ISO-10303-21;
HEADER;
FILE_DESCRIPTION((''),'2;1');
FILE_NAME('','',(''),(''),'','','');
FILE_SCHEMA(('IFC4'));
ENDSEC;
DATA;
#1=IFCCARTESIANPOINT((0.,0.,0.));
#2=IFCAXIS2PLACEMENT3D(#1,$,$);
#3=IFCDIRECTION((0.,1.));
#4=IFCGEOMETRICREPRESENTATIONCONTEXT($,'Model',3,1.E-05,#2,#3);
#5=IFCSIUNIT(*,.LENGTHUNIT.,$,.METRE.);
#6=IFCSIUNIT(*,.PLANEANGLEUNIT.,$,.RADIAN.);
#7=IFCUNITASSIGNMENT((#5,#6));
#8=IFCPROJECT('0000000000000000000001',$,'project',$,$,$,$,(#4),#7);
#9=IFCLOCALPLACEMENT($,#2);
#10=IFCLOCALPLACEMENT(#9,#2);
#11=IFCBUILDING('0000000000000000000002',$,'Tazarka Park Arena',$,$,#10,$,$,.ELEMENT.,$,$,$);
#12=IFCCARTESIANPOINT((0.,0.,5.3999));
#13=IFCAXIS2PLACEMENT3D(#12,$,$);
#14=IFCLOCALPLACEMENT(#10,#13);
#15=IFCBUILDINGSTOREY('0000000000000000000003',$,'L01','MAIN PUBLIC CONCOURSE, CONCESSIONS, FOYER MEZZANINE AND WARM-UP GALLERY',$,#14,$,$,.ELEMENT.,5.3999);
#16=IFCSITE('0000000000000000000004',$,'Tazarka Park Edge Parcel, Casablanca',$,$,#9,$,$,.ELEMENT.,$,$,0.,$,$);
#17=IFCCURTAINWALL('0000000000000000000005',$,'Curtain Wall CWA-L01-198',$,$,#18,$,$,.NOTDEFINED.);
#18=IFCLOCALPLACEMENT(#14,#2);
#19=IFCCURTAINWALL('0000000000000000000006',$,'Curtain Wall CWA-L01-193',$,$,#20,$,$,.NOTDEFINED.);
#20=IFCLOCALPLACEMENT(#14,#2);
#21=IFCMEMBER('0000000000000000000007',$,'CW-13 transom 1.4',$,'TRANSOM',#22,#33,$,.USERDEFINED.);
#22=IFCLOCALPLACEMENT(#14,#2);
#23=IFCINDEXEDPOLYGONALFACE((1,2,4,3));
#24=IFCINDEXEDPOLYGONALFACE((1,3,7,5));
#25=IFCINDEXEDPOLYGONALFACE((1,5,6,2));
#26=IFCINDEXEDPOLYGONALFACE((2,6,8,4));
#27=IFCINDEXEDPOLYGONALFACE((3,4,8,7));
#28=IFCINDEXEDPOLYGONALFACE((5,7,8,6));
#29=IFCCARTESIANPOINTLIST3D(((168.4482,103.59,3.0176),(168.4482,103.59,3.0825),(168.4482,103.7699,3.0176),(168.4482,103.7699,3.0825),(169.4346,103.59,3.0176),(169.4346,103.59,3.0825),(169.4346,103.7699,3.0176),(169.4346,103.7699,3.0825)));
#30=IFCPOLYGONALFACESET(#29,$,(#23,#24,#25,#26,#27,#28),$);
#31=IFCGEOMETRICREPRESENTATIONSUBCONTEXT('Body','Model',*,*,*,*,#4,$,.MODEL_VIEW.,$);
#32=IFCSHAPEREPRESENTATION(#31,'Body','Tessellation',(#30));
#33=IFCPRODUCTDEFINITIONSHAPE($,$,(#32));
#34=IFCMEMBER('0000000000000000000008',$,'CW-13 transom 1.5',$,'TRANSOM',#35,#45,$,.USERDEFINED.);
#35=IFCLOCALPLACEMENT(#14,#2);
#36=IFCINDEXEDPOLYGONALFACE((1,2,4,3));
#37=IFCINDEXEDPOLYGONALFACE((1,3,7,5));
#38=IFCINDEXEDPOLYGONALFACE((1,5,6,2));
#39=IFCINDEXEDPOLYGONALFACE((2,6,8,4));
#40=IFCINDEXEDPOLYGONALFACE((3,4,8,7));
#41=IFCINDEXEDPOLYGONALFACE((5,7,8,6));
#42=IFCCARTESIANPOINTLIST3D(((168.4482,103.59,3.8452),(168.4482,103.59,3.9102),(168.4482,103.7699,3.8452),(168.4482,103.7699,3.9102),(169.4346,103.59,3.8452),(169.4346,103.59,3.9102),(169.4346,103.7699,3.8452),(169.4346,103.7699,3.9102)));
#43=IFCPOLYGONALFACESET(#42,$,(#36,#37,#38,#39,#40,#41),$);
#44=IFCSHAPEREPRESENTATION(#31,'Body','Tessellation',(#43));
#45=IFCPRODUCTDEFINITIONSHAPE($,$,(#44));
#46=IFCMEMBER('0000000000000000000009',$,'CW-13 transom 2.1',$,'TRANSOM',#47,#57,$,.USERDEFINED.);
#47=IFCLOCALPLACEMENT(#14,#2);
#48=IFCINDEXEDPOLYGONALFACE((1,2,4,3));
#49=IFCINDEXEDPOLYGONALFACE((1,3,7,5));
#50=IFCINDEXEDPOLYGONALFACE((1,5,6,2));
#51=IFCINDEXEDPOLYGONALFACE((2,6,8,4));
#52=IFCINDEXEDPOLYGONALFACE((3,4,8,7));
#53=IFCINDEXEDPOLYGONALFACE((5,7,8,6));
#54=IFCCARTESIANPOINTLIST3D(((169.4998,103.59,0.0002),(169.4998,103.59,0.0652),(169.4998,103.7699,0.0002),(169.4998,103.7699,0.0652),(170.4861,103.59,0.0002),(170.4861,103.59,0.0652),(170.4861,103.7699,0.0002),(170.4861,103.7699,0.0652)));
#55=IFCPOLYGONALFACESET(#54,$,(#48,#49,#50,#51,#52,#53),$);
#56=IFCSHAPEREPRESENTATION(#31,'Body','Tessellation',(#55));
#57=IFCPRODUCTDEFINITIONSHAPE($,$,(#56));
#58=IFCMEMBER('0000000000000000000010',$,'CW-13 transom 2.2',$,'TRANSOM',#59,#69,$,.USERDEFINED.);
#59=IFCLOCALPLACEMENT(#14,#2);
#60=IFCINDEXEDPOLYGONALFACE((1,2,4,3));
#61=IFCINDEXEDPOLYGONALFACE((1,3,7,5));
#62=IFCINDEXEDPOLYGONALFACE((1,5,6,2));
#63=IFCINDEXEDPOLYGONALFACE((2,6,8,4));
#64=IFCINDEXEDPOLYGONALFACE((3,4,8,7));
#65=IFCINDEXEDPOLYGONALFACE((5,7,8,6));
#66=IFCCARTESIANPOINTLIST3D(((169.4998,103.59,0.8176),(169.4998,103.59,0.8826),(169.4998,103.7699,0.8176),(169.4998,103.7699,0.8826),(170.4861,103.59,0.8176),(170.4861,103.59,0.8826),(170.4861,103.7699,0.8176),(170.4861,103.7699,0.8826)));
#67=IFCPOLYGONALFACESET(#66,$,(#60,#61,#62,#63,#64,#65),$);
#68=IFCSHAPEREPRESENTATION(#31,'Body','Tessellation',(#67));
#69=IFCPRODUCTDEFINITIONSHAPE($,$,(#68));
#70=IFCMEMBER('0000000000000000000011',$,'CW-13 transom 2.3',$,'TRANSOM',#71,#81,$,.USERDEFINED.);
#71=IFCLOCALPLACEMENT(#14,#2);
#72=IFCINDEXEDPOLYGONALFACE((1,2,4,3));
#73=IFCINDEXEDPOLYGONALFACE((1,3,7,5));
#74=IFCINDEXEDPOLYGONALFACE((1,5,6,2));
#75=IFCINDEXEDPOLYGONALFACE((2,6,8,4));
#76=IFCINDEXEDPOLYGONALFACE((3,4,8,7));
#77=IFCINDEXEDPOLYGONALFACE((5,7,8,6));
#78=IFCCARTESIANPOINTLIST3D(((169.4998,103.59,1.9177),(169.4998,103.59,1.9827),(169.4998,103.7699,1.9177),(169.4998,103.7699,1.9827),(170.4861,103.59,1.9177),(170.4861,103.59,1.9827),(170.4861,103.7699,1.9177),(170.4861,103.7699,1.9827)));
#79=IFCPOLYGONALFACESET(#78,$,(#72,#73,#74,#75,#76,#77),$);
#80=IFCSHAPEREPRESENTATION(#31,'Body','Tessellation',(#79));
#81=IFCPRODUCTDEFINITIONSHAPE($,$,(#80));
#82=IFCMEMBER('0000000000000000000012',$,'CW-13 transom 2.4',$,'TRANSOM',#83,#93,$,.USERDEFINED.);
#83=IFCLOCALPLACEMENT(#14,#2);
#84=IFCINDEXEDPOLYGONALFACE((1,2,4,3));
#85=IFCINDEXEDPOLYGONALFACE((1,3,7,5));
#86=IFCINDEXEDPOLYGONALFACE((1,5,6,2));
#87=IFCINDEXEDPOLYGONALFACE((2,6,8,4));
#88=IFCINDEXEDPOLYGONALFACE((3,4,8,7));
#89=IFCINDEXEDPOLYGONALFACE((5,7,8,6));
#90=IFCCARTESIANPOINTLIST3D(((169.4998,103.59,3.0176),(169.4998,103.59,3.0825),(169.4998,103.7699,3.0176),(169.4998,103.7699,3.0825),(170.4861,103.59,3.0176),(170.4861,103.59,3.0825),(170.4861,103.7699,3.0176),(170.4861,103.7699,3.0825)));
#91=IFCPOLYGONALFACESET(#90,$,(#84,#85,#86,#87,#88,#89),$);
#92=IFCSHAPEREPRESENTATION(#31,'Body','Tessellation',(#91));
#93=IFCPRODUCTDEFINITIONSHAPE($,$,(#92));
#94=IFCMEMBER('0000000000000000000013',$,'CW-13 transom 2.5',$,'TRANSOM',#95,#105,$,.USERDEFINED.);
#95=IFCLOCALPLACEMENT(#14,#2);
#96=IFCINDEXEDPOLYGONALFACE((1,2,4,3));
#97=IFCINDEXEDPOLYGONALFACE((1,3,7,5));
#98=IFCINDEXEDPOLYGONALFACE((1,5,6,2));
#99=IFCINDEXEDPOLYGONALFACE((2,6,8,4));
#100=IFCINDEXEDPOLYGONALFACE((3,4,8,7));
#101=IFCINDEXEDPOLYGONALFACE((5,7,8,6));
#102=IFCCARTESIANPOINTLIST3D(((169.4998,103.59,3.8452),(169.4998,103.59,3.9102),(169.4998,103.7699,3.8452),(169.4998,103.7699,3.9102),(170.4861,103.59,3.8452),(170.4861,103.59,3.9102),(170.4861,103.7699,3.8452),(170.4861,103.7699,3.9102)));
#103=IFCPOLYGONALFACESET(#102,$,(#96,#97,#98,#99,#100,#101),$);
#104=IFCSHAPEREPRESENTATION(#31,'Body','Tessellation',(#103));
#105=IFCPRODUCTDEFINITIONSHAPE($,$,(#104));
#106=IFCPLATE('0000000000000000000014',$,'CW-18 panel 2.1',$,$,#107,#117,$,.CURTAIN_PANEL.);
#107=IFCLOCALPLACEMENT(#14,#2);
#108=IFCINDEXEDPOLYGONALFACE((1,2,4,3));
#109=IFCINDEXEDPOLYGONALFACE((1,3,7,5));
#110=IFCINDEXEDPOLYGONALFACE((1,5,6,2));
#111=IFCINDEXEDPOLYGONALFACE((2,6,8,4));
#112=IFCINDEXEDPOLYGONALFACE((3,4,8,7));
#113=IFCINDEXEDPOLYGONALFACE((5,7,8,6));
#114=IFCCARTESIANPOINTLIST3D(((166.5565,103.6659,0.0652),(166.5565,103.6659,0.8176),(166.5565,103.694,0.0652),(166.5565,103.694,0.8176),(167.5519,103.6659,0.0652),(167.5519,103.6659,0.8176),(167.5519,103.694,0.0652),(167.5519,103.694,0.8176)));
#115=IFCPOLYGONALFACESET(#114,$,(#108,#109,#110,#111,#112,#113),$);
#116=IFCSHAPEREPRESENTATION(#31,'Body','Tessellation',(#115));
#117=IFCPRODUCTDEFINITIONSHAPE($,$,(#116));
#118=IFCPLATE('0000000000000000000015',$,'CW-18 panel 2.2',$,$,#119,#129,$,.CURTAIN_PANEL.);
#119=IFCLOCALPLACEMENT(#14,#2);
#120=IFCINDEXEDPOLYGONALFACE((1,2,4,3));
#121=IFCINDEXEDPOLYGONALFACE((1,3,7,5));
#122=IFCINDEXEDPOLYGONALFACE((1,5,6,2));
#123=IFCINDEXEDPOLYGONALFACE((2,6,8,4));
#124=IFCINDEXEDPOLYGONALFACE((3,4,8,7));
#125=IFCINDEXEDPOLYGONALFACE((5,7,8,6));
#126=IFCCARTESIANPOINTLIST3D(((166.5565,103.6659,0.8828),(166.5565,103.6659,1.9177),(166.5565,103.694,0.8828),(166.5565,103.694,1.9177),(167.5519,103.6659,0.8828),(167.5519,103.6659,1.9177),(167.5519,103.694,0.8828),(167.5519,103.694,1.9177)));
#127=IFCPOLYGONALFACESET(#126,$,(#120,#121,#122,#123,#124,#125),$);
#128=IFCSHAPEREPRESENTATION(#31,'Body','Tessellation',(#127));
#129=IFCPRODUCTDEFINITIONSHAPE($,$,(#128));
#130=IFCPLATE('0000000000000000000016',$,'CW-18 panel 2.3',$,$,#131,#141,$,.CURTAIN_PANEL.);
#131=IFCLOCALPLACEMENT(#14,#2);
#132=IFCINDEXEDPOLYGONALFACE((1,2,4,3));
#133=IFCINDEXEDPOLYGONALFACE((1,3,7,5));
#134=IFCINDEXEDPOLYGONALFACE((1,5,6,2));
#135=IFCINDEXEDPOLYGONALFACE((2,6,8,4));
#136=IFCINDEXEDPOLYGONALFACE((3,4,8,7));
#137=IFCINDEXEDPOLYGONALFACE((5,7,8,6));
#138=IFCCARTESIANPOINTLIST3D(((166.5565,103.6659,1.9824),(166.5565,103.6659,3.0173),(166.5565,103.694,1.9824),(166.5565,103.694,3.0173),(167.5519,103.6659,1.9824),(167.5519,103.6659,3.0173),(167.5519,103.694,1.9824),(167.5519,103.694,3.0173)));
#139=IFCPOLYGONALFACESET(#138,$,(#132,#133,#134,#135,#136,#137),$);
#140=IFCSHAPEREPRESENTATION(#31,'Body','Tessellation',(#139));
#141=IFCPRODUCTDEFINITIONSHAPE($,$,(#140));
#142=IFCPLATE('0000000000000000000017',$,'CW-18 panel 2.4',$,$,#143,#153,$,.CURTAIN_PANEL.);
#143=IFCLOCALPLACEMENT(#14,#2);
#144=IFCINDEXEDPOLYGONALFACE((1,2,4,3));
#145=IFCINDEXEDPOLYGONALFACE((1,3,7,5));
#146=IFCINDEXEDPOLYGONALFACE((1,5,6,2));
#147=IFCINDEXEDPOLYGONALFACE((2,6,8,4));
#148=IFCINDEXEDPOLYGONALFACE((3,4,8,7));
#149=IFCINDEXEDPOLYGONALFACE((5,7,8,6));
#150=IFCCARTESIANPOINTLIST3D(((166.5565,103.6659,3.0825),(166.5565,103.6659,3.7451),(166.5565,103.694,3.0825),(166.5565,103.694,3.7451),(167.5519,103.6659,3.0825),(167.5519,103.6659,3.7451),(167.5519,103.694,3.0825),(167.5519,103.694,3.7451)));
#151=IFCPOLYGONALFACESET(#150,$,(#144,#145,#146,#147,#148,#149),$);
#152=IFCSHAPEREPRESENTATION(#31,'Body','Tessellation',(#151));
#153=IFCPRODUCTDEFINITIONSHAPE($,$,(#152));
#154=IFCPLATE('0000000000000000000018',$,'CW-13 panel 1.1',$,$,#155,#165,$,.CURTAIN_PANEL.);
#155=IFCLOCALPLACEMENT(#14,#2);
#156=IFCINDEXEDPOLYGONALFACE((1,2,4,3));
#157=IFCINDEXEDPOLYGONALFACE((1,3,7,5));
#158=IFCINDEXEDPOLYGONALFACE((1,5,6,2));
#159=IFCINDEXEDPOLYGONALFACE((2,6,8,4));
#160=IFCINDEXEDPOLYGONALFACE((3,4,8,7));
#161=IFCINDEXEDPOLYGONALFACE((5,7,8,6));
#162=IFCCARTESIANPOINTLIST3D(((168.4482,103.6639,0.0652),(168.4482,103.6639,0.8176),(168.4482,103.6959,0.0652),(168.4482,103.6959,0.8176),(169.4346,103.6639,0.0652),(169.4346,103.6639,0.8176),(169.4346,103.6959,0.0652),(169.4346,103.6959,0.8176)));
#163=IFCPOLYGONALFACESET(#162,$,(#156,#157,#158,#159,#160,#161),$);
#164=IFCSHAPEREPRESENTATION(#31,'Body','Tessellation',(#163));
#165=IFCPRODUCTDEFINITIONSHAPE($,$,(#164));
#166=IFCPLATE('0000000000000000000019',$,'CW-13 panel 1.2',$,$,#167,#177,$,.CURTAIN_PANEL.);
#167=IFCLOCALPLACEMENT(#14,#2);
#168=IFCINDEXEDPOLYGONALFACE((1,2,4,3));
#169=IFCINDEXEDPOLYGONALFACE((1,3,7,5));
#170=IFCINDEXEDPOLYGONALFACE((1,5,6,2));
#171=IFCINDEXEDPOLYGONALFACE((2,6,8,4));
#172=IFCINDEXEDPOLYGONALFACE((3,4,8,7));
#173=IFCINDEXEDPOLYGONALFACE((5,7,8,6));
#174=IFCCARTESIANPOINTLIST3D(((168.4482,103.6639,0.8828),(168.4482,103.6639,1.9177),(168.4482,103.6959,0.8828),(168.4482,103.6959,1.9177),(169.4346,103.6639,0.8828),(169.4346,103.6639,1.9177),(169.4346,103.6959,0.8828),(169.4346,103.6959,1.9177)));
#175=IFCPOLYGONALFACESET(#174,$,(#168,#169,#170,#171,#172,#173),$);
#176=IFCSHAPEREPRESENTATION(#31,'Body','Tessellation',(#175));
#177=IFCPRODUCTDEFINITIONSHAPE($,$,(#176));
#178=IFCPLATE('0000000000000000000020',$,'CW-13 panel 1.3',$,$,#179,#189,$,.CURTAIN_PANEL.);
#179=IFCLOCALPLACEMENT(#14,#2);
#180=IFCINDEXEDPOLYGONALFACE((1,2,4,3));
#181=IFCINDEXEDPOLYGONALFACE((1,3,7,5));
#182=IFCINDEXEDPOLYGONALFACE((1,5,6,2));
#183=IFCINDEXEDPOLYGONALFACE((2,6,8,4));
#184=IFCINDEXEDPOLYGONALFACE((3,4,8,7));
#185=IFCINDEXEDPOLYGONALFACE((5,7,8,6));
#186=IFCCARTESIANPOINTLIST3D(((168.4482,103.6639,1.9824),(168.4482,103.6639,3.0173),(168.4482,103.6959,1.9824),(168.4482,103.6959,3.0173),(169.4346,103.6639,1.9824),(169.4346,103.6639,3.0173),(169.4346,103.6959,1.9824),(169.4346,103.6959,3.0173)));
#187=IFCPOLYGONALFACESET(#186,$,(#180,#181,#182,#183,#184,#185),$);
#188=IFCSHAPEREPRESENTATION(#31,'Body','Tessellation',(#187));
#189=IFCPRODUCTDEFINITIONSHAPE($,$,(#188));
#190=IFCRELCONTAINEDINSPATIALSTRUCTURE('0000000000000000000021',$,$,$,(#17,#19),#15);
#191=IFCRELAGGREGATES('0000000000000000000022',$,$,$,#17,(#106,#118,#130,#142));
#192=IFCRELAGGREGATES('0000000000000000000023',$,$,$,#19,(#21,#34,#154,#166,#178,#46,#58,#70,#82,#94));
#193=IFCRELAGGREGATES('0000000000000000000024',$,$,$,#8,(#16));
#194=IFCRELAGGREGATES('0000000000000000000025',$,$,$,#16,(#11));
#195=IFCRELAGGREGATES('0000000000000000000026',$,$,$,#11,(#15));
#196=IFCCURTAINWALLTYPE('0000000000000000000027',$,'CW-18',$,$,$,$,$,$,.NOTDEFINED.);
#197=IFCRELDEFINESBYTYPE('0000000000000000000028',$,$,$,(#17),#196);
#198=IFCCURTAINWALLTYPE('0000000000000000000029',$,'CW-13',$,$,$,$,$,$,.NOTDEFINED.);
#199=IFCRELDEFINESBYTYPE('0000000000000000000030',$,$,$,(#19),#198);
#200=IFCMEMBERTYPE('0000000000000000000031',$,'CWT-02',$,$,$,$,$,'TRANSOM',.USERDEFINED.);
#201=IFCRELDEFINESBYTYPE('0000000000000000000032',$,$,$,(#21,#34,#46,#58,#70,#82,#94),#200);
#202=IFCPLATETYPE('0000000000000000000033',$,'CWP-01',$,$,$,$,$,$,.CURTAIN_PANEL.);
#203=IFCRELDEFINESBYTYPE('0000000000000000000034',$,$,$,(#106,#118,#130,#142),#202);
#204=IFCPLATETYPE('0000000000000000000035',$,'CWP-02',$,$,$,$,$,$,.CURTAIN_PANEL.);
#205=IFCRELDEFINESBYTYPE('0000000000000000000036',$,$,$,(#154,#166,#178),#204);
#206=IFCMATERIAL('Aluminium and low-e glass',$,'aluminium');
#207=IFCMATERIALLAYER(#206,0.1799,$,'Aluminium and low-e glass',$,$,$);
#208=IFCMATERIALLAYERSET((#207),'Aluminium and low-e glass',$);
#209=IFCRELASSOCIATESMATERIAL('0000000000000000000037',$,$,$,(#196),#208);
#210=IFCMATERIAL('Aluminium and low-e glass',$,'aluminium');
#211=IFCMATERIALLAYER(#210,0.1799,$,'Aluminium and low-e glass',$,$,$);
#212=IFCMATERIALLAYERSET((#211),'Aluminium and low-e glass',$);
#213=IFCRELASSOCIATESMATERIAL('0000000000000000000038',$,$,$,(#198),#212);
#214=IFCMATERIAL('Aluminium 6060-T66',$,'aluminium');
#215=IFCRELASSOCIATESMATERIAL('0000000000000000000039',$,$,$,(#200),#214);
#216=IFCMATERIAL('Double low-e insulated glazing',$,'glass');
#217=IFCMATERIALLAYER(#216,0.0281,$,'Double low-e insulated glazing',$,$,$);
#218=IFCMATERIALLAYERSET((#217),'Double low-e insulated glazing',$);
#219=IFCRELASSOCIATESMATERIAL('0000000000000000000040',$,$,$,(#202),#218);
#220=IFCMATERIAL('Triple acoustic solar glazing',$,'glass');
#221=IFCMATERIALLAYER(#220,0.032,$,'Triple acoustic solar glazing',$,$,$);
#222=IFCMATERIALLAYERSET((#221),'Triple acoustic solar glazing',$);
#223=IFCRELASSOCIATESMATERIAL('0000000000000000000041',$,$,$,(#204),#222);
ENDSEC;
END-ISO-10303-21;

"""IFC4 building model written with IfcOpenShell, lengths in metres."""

from ifc_helpers import new_model, si_unit, direction, frame, origin, origin_2d, place, context, subcontext, project, spatial, rectangle, extrude, material, layer, layer_set, material_profile, profile_set, type_object, element, aggregate, save


model = new_model("IFC4")

# Units and contexts
model_context = context("Model", 3, precision=1e-05, world=origin(), true_north=direction((0.0, 1.0)))
body_context = subcontext(model_context, "Body", "Model", "MODEL_VIEW")
ifc_project = project(units=[si_unit("LENGTHUNIT", "METRE"), si_unit("PLANEANGLEUNIT", "RADIAN")], contexts=[model_context])

# Site, building, storey
site_placement = place(None, origin())
site = spatial("IfcSite", under=ifc_project, at=site_placement, Name="Tazarka Park Edge Parcel, Casablanca", CompositionType="ELEMENT", RefElevation=0.0)
building_placement = place(site_placement, origin())
building = spatial("IfcBuilding", under=site, at=building_placement, Name="Tazarka Park Arena", CompositionType="ELEMENT")
storey_placement = place(building_placement, frame((0.0, 0.0, 5.3999)))
storey = spatial("IfcBuildingStorey", under=building, at=storey_placement, Name="L01", Description="MAIN PUBLIC CONCOURSE, CONCESSIONS, FOYER MEZZANINE AND WARM-UP GALLERY", CompositionType="ELEMENT", Elevation=5.3999)

# Curtain wall
ifc_material_1 = material(Name="Aluminium and low-e glass", Category="aluminium")
ifc_layer_1 = layer(ifc_material_1, 0.1799, Name="Aluminium and low-e glass")
ifc_layer_set_1 = layer_set([ifc_layer_1], Name="Aluminium and low-e glass")
curtain_wall_type_1 = type_object("IfcCurtainWallType", Name="CW-18", PredefinedType="NOTDEFINED", material=ifc_layer_set_1)
curtain_wall_1_placement = place(storey_placement, origin())
curtain_wall_1 = element("IfcCurtainWall", 1, at=curtain_wall_1_placement, inside=storey, type_object=curtain_wall_type_1, Name="Curtain Wall CWA-L01-198", PredefinedType="NOTDEFINED")

# Curtain wall, members
ifc_material_2 = material(Name="Aluminium and low-e glass", Category="aluminium")
ifc_layer_2 = layer(ifc_material_2, 0.1799, Name="Aluminium and low-e glass")
ifc_layer_set_2 = layer_set([ifc_layer_2], Name="Aluminium and low-e glass")
curtain_wall_type_2 = type_object("IfcCurtainWallType", Name="CW-13", PredefinedType="NOTDEFINED", material=ifc_layer_set_2)
curtain_wall_2_placement = place(storey_placement, origin())
curtain_wall_2 = element("IfcCurtainWall", 2, at=curtain_wall_2_placement, inside=storey, type_object=curtain_wall_type_2, Name="Curtain Wall CWA-L01-193", PredefinedType="NOTDEFINED")
ifc_material_3 = material(Name="Aluminium 6060-T66", Category="aluminium")
ifc_material_profile_1 = material_profile(ifc_material_3, rectangle(XDim=0.1799, YDim=0.0649, at=origin_2d()), Name="Aluminium 6060-T66")
ifc_profile_set_1 = profile_set([ifc_material_profile_1], Name="Aluminium 6060-T66")
member_type_1 = type_object("IfcMemberType", Name="CWT-02", ElementType="TRANSOM", PredefinedType="USERDEFINED", material=ifc_profile_set_1)
member_1_placement = place(storey_placement, frame((168.4482, 103.6799, 3.05), z_axis=(1.0, 0.0, 0.0), x_axis=(0.0, 1.0, 0.0)))
member_1 = element("IfcMember", 3, at=member_1_placement, type_object=member_type_1, Name="CW-13 transom 1.4", ObjectType="TRANSOM", PredefinedType="USERDEFINED", context=body_context, shape_type="SweptSolid", body=[
    extrude(rectangle(XDim=0.1799, YDim=0.0649, at=origin_2d()), origin(), (0.0, 0.0, 1.0), 0.9863),
])
member_2_placement = place(storey_placement, frame((168.4482, 103.6799, 3.8777), z_axis=(1.0, 0.0, 0.0), x_axis=(0.0, 1.0, 0.0)))
member_2 = element("IfcMember", 4, at=member_2_placement, type_object=member_type_1, Name="CW-13 transom 1.5", ObjectType="TRANSOM", PredefinedType="USERDEFINED", context=body_context, shape_type="SweptSolid", body=[
    extrude(rectangle(XDim=0.1799, YDim=0.0649, at=origin_2d()), origin(), (0.0, 0.0, 1.0), 0.9863),
])
member_3_placement = place(storey_placement, frame((169.4998, 103.6799, 0.0327), z_axis=(1.0, 0.0, 0.0), x_axis=(0.0, 1.0, 0.0)))
member_3 = element("IfcMember", 5, at=member_3_placement, type_object=member_type_1, Name="CW-13 transom 2.1", ObjectType="TRANSOM", PredefinedType="USERDEFINED", context=body_context, shape_type="SweptSolid", body=[
    extrude(rectangle(XDim=0.1799, YDim=0.0649, at=origin_2d()), origin(), (0.0, 0.0, 1.0), 0.9863),
])
member_4_placement = place(storey_placement, frame((169.4998, 103.6799, 0.8501), z_axis=(1.0, 0.0, 0.0), x_axis=(0.0, 1.0, 0.0)))
member_4 = element("IfcMember", 6, at=member_4_placement, type_object=member_type_1, Name="CW-13 transom 2.2", ObjectType="TRANSOM", PredefinedType="USERDEFINED", context=body_context, shape_type="SweptSolid", body=[
    extrude(rectangle(XDim=0.1799, YDim=0.0649, at=origin_2d()), origin(), (0.0, 0.0, 1.0), 0.9863),
])
member_5_placement = place(storey_placement, frame((169.4998, 103.6799, 1.9502), z_axis=(1.0, 0.0, 0.0), x_axis=(0.0, 1.0, 0.0)))
member_5 = element("IfcMember", 7, at=member_5_placement, type_object=member_type_1, Name="CW-13 transom 2.3", ObjectType="TRANSOM", PredefinedType="USERDEFINED", context=body_context, shape_type="SweptSolid", body=[
    extrude(rectangle(XDim=0.1799, YDim=0.0649, at=origin_2d()), origin(), (0.0, 0.0, 1.0), 0.9863),
])
member_6_placement = place(storey_placement, frame((169.4998, 103.6799, 3.05), z_axis=(1.0, 0.0, 0.0), x_axis=(0.0, 1.0, 0.0)))
member_6 = element("IfcMember", 8, at=member_6_placement, type_object=member_type_1, Name="CW-13 transom 2.4", ObjectType="TRANSOM", PredefinedType="USERDEFINED", context=body_context, shape_type="SweptSolid", body=[
    extrude(rectangle(XDim=0.1799, YDim=0.0649, at=origin_2d()), origin(), (0.0, 0.0, 1.0), 0.9863),
])
member_7_placement = place(storey_placement, frame((169.4998, 103.6799, 3.8777), z_axis=(1.0, 0.0, 0.0), x_axis=(0.0, 1.0, 0.0)))
member_7 = element("IfcMember", 9, at=member_7_placement, type_object=member_type_1, Name="CW-13 transom 2.5", ObjectType="TRANSOM", PredefinedType="USERDEFINED", context=body_context, shape_type="SweptSolid", body=[
    extrude(rectangle(XDim=0.1799, YDim=0.0649, at=origin_2d()), origin(), (0.0, 0.0, 1.0), 0.9863),
])

# Plates
ifc_material_4 = material(Name="Double low-e insulated glazing", Category="glass")
ifc_layer_3 = layer(ifc_material_4, 0.0281, Name="Double low-e insulated glazing")
ifc_layer_set_3 = layer_set([ifc_layer_3], Name="Double low-e insulated glazing")
plate_type_1 = type_object("IfcPlateType", Name="CWP-01", PredefinedType="CURTAIN_PANEL", material=ifc_layer_set_3)
plate_1_placement = place(storey_placement, frame((167.0542, 103.6799, 0.0652), z_axis=(0.0, 0.0, 1.0), x_axis=(1.0, 0.0, 0.0)))
plate_1 = element("IfcPlate", 10, at=plate_1_placement, type_object=plate_type_1, Name="CW-18 panel 2.1", PredefinedType="CURTAIN_PANEL", context=body_context, shape_type="SweptSolid", body=[
    extrude(rectangle(XDim=0.9954, YDim=0.0281, at=origin_2d()), origin(), (0.0, 0.0, 1.0), 0.7524),
])
plate_2_placement = place(storey_placement, frame((167.0542, 103.6799, 0.8828), z_axis=(0.0, 0.0, 1.0), x_axis=(1.0, 0.0, 0.0)))
plate_2 = element("IfcPlate", 11, at=plate_2_placement, type_object=plate_type_1, Name="CW-18 panel 2.2", PredefinedType="CURTAIN_PANEL", context=body_context, shape_type="SweptSolid", body=[
    extrude(rectangle(XDim=0.9954, YDim=0.0281, at=origin_2d()), origin(), (0.0, 0.0, 1.0), 1.0349),
])
plate_3_placement = place(storey_placement, frame((167.0542, 103.6799, 1.9824), z_axis=(0.0, 0.0, 1.0), x_axis=(1.0, 0.0, 0.0)))
plate_3 = element("IfcPlate", 12, at=plate_3_placement, type_object=plate_type_1, Name="CW-18 panel 2.3", PredefinedType="CURTAIN_PANEL", context=body_context, shape_type="SweptSolid", body=[
    extrude(rectangle(XDim=0.9954, YDim=0.0281, at=origin_2d()), origin(), (0.0, 0.0, 1.0), 1.0349),
])
plate_4_placement = place(storey_placement, frame((167.0542, 103.6799, 3.0825), z_axis=(0.0, 0.0, 1.0), x_axis=(1.0, 0.0, 0.0)))
plate_4 = element("IfcPlate", 13, at=plate_4_placement, type_object=plate_type_1, Name="CW-18 panel 2.4", PredefinedType="CURTAIN_PANEL", context=body_context, shape_type="SweptSolid", body=[
    extrude(rectangle(XDim=0.9954, YDim=0.0281, at=origin_2d()), origin(), (0.0, 0.0, 1.0), 0.6626),
])
aggregate(curtain_wall_1, [plate_1, plate_2, plate_3, plate_4])
ifc_material_5 = material(Name="Triple acoustic solar glazing", Category="glass")
ifc_layer_4 = layer(ifc_material_5, 0.032, Name="Triple acoustic solar glazing")
ifc_layer_set_4 = layer_set([ifc_layer_4], Name="Triple acoustic solar glazing")
plate_type_2 = type_object("IfcPlateType", Name="CWP-02", PredefinedType="CURTAIN_PANEL", material=ifc_layer_set_4)
plate_5_placement = place(storey_placement, frame((168.9414, 103.6799, 0.0652), z_axis=(0.0, 0.0, 1.0), x_axis=(1.0, 0.0, 0.0)))
plate_5 = element("IfcPlate", 14, at=plate_5_placement, type_object=plate_type_2, Name="CW-13 panel 1.1", PredefinedType="CURTAIN_PANEL", context=body_context, shape_type="SweptSolid", body=[
    extrude(rectangle(XDim=0.9863, YDim=0.032, at=origin_2d()), origin(), (0.0, 0.0, 1.0), 0.7524),
])
plate_6_placement = place(storey_placement, frame((168.9414, 103.6799, 0.8828), z_axis=(0.0, 0.0, 1.0), x_axis=(1.0, 0.0, 0.0)))
plate_6 = element("IfcPlate", 15, at=plate_6_placement, type_object=plate_type_2, Name="CW-13 panel 1.2", PredefinedType="CURTAIN_PANEL", context=body_context, shape_type="SweptSolid", body=[
    extrude(rectangle(XDim=0.9863, YDim=0.032, at=origin_2d()), origin(), (0.0, 0.0, 1.0), 1.0349),
])
plate_7_placement = place(storey_placement, frame((168.9414, 103.6799, 1.9824), z_axis=(0.0, 0.0, 1.0), x_axis=(1.0, 0.0, 0.0)))
plate_7 = element("IfcPlate", 16, at=plate_7_placement, type_object=plate_type_2, Name="CW-13 panel 1.3", PredefinedType="CURTAIN_PANEL", context=body_context, shape_type="SweptSolid", body=[
    extrude(rectangle(XDim=0.9863, YDim=0.032, at=origin_2d()), origin(), (0.0, 0.0, 1.0), 1.0349),
])
aggregate(curtain_wall_2, [member_1, member_2, plate_5, plate_6, plate_7, member_3, member_4, member_5, member_6, member_7])

save(model, "model.ifc")
